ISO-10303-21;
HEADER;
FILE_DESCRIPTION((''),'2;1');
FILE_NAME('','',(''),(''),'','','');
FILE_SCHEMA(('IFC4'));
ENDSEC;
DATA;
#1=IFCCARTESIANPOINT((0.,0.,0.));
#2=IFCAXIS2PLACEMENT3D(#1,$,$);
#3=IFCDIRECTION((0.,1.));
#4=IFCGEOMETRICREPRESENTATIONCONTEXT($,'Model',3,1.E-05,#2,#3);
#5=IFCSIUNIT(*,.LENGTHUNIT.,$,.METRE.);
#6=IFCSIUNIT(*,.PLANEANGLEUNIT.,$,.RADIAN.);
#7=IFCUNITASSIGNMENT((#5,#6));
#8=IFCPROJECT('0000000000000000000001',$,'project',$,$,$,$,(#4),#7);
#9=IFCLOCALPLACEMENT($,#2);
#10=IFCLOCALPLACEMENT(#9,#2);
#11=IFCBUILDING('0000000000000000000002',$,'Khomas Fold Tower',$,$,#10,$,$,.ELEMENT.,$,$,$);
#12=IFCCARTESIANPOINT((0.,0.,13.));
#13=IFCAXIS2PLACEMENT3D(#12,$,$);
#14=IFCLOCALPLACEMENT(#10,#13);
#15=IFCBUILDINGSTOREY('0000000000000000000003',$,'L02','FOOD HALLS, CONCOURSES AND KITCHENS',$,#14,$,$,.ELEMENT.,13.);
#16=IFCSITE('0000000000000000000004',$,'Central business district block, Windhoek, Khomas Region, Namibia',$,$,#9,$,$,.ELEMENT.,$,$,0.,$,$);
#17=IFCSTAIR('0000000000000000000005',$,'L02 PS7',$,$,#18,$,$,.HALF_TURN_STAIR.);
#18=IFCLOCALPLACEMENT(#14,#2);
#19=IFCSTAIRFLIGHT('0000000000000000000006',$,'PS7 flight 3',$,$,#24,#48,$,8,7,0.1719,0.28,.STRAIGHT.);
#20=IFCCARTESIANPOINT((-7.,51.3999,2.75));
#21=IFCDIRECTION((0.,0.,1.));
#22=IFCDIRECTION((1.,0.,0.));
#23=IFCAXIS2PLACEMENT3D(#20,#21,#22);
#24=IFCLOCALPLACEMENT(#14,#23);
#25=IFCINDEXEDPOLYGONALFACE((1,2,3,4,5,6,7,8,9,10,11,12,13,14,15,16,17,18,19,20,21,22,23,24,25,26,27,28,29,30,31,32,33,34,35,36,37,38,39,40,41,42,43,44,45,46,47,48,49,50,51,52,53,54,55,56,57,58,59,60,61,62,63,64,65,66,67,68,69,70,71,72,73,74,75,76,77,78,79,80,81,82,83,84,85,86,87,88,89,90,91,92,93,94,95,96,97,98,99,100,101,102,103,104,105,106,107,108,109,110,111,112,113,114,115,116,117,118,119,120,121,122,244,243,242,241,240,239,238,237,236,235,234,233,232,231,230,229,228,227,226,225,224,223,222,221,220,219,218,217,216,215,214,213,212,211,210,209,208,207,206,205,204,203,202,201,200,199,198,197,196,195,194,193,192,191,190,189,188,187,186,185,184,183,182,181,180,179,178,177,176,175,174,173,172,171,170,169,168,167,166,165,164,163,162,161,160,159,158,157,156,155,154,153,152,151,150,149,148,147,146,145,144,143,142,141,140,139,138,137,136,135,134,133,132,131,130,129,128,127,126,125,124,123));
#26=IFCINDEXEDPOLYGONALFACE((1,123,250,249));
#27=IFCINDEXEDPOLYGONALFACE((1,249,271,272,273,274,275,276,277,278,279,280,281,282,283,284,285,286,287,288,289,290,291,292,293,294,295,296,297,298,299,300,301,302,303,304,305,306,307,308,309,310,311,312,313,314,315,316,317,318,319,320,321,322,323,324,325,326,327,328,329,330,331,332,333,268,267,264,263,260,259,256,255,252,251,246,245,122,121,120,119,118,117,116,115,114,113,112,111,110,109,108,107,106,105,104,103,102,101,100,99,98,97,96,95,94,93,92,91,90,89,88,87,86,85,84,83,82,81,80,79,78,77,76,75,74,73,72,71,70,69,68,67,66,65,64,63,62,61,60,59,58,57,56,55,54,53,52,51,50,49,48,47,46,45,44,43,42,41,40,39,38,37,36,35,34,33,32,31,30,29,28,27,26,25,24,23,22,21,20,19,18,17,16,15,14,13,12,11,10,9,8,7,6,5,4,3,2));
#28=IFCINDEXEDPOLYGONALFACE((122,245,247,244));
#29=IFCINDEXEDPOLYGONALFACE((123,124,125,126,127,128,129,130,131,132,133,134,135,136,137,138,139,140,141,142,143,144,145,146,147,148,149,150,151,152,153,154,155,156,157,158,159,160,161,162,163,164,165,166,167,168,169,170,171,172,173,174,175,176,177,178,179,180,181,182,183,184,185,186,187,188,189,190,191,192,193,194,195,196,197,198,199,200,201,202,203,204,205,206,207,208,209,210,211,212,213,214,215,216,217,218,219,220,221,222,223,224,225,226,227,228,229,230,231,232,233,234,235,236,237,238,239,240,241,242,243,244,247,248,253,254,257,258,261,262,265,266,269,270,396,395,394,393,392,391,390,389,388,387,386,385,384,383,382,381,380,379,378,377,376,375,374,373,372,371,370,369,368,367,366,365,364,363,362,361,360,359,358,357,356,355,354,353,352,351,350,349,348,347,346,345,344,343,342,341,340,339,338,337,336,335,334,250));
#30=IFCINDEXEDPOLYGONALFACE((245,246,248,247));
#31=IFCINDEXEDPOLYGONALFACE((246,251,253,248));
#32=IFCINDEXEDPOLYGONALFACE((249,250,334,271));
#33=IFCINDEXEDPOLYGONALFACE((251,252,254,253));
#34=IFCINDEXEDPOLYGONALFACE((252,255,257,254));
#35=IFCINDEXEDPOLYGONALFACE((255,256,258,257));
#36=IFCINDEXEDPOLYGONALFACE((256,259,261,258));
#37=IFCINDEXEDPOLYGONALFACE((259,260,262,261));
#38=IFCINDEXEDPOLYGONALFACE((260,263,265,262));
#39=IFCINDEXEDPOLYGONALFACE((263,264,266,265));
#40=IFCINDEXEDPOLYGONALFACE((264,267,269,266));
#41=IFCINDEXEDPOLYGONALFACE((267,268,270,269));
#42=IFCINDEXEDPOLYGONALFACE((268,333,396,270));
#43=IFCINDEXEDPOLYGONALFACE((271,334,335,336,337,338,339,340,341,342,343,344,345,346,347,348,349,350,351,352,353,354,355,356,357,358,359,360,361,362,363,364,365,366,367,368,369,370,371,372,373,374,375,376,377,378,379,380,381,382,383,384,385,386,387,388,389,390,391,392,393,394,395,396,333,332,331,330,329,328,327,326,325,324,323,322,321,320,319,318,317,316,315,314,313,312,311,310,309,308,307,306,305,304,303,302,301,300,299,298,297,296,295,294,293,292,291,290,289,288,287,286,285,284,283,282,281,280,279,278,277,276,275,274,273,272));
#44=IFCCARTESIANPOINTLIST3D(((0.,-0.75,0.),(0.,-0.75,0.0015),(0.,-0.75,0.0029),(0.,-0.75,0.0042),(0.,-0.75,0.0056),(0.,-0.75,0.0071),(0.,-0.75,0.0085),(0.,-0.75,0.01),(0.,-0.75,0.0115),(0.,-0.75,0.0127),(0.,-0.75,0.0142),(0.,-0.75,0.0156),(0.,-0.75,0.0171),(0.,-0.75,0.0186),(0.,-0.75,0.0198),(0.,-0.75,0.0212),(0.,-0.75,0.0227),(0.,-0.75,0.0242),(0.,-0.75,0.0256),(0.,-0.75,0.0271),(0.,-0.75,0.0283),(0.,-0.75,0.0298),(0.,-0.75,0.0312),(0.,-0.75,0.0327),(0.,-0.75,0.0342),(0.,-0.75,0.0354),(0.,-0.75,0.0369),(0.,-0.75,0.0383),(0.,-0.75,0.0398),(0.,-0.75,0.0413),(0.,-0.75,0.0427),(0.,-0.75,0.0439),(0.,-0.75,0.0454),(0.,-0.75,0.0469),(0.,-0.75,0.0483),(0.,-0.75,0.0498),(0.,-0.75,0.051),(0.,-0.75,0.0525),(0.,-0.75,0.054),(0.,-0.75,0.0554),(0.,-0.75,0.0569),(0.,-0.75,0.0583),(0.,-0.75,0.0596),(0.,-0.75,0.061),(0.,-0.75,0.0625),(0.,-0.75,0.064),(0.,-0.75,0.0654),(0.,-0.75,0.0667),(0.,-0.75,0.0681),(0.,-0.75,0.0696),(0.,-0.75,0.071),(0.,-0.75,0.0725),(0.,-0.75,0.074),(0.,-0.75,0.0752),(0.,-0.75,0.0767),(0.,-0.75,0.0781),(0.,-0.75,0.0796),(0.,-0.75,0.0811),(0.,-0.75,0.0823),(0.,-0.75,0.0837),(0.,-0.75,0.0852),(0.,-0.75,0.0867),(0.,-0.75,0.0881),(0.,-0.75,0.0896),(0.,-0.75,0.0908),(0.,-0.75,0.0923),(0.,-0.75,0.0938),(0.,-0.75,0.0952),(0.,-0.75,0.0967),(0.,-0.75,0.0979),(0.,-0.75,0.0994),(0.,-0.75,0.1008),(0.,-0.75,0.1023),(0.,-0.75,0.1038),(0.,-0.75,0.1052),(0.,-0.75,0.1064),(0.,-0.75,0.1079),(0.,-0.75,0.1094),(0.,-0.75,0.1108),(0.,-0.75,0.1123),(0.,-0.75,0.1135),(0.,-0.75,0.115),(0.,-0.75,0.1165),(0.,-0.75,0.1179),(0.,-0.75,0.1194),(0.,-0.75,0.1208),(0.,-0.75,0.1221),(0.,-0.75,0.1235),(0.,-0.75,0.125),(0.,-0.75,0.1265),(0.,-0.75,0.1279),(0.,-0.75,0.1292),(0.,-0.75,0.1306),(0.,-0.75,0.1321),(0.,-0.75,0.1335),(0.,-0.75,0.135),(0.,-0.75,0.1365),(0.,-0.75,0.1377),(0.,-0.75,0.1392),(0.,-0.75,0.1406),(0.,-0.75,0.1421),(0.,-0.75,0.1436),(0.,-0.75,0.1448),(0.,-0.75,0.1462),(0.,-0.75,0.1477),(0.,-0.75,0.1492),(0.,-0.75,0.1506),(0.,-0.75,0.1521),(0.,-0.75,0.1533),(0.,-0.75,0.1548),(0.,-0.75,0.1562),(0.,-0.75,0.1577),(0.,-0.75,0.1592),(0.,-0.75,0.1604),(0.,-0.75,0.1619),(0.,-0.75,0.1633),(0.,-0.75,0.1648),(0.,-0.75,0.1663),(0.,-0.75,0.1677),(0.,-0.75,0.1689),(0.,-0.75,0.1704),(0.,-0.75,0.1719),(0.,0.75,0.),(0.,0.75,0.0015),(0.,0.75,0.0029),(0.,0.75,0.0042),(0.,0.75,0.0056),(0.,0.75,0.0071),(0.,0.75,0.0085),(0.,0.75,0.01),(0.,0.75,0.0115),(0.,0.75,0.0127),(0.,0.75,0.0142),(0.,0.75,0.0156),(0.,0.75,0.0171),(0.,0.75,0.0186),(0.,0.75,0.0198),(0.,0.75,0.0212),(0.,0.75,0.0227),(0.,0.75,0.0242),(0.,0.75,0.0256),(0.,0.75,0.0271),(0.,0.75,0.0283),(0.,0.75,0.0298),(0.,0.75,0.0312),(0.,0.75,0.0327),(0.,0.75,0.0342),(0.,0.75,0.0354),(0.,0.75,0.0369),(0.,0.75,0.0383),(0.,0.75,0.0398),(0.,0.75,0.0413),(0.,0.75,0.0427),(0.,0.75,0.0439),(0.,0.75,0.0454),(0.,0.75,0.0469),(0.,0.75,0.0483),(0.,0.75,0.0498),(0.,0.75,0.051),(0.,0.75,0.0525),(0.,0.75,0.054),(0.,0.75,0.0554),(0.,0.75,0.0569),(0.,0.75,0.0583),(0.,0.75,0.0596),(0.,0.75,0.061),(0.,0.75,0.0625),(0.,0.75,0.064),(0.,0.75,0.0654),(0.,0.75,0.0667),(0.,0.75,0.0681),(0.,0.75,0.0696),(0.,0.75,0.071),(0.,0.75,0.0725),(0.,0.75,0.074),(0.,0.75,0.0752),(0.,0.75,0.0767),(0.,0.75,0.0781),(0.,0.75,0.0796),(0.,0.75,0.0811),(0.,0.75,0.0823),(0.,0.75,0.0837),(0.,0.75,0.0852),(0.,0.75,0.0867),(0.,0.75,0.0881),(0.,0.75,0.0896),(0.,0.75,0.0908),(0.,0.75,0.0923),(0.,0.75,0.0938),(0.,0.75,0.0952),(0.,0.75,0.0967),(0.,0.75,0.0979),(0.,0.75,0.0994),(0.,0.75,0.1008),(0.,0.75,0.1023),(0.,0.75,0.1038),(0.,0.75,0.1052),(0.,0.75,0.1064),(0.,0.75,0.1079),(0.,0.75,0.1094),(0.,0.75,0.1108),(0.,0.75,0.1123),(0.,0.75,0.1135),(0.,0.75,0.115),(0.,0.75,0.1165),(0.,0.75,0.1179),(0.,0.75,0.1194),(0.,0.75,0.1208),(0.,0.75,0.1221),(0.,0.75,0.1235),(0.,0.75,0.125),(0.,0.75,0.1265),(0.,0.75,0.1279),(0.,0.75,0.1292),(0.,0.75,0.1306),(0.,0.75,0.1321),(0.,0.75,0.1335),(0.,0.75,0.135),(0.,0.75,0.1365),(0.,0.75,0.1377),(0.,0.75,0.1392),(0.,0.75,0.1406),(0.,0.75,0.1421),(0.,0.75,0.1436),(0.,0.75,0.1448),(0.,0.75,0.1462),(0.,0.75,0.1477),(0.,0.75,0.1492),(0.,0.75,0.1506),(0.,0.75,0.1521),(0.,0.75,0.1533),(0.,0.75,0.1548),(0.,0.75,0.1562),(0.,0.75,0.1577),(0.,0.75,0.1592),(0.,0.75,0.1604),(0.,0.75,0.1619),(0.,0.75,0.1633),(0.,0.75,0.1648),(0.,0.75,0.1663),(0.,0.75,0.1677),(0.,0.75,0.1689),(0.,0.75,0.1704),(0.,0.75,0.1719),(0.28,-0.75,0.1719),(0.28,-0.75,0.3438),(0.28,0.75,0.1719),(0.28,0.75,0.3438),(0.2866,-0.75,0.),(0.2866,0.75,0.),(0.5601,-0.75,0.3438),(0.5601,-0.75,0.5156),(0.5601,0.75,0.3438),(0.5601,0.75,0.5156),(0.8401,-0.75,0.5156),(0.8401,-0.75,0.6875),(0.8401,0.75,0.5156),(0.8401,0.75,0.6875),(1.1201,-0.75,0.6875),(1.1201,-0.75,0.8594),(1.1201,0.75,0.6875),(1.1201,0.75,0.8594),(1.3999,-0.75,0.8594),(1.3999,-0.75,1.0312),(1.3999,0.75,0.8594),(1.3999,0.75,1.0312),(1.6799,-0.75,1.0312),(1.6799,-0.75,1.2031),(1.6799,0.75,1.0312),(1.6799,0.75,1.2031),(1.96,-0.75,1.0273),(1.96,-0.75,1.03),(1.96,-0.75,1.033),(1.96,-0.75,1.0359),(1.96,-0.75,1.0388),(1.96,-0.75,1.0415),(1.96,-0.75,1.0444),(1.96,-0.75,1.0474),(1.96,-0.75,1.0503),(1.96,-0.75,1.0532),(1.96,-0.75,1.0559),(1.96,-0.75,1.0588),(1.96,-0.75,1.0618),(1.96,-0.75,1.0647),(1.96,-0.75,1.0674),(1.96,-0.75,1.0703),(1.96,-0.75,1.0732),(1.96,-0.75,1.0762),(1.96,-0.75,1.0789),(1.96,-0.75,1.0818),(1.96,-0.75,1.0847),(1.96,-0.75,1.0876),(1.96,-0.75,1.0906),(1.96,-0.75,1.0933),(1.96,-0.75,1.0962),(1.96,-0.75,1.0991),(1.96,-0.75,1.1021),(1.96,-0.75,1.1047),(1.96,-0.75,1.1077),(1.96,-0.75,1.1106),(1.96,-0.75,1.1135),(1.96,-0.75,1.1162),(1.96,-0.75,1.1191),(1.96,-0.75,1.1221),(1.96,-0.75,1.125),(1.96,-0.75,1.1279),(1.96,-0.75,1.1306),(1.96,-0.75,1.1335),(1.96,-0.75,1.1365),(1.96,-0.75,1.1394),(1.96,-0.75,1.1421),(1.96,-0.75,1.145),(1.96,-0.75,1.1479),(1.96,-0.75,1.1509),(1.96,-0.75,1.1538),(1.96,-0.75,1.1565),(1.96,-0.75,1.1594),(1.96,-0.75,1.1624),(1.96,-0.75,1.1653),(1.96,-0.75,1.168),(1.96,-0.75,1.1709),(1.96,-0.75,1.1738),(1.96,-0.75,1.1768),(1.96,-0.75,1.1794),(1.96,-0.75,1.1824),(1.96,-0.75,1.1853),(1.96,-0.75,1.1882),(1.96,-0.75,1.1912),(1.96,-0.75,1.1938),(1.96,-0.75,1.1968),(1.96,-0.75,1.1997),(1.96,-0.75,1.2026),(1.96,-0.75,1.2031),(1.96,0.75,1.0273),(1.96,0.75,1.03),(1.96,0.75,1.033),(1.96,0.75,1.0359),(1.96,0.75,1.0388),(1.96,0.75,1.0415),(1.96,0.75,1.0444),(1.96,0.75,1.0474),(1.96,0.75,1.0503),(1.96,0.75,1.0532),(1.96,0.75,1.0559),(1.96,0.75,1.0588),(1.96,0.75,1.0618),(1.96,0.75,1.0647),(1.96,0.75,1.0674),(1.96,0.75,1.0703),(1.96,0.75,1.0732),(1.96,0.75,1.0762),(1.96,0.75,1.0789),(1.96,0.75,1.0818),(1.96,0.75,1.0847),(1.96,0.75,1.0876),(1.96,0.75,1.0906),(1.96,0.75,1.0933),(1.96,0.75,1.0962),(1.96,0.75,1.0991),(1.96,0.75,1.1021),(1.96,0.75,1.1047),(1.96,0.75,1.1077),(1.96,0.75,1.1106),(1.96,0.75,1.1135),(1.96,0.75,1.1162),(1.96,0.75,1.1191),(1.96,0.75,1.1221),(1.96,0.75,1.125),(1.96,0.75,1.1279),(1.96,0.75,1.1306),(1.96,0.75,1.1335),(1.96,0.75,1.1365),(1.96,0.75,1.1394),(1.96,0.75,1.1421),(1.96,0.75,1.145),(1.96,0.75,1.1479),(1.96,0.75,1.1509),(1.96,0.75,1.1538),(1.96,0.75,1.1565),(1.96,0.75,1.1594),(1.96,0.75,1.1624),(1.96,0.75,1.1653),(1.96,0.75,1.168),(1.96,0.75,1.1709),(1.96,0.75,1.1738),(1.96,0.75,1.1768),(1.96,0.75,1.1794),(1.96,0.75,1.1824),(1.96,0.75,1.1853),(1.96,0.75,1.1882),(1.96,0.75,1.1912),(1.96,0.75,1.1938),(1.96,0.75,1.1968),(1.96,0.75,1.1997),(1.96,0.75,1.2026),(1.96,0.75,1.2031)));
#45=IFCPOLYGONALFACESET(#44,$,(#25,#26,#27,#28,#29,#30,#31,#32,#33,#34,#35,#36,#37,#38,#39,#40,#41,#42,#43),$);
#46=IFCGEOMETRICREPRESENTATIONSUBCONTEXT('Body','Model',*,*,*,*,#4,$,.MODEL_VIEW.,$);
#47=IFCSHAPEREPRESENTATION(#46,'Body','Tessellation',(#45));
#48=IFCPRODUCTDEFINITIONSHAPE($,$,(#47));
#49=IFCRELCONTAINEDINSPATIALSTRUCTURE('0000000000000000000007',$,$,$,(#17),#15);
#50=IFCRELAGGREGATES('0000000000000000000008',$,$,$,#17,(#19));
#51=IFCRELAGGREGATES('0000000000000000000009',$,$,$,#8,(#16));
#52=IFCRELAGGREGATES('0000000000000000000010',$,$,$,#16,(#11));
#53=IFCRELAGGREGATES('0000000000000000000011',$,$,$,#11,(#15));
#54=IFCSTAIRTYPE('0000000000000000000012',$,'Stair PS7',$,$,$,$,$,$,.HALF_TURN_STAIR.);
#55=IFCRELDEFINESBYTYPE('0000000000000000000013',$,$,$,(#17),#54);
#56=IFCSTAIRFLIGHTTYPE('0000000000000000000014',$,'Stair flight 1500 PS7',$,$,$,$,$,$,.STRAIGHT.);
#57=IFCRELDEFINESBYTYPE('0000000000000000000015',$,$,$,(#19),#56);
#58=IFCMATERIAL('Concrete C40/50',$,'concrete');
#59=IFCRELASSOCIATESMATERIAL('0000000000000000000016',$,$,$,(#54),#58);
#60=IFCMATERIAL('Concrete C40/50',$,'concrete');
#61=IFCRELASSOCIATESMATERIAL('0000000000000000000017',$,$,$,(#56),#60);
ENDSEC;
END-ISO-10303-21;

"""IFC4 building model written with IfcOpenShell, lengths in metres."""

from ifc_helpers import new_model, si_unit, direction, frame, origin, place, context, subcontext, project, spatial, polyline, outline, extrude, source, transform, mapped, material, type_object, element, aggregate, save


model = new_model("IFC4")

# Units and contexts
model_context = context("Model", 3, precision=1e-05, world=origin(), true_north=direction((0.0, 1.0)))
body_context = subcontext(model_context, "Body", "Model", "MODEL_VIEW")
ifc_project = project(units=[si_unit("LENGTHUNIT", "METRE"), si_unit("PLANEANGLEUNIT", "RADIAN")], contexts=[model_context])

# Site, building, storey
site_placement = place(None, origin())
site = spatial("IfcSite", under=ifc_project, at=site_placement, Name="Central business district block, Windhoek, Khomas Region, Namibia", CompositionType="ELEMENT", RefElevation=0.0)
building_placement = place(site_placement, origin())
building = spatial("IfcBuilding", under=site, at=building_placement, Name="Khomas Fold Tower", CompositionType="ELEMENT")
storey_placement = place(building_placement, frame((0.0, 0.0, 13.0)))
storey = spatial("IfcBuildingStorey", under=building, at=storey_placement, Name="L02", Description="FOOD HALLS, CONCOURSES AND KITCHENS", CompositionType="ELEMENT", Elevation=13.0)

# Stair, stair flight
ifc_material_1 = material(Name="Concrete C40/50", Category="concrete")
stair_type = type_object("IfcStairType", Name="Stair PS7", PredefinedType="HALF_TURN_STAIR", material=ifc_material_1)
stair_placement = place(storey_placement, origin())
stair = element("IfcStair", 1, at=stair_placement, inside=storey, type_object=stair_type, Name="L02 PS7", PredefinedType="HALF_TURN_STAIR")
ifc_material_2 = material(Name="Concrete C40/50", Category="concrete")
stair_flight_type = type_object("IfcStairFlightType", Name="Stair flight 1500 PS7", PredefinedType="STRAIGHT", material=ifc_material_2)
shared_shape_1 = source(origin(), body_context, "Body", "SweptSolid", [
    extrude(outline(polyline([(0.0, 0.0), (0.0, 0.0015), (0.0, 0.0029), (0.0, 0.0042), (0.0, 0.0056), (0.0, 0.0071), (0.0, 0.0085), (0.0, 0.01), (0.0, 0.0115), (0.0, 0.0127), (0.0, 0.0142), (0.0, 0.0156), (0.0, 0.0171), (0.0, 0.0186), (0.0, 0.0198), (0.0, 0.0212), (0.0, 0.0227), (0.0, 0.0242), (0.0, 0.0256), (0.0, 0.0271), (0.0, 0.0283), (0.0, 0.0298), (0.0, 0.0312), (0.0, 0.0327), (0.0, 0.0342), (0.0, 0.0354), (0.0, 0.0369), (0.0, 0.0383), (0.0, 0.0398), (0.0, 0.0413), (0.0, 0.0427), (0.0, 0.0439), (0.0, 0.0454), (0.0, 0.0469), (0.0, 0.0483), (0.0, 0.0498), (0.0, 0.051), (0.0, 0.0525), (0.0, 0.054), (0.0, 0.0554), (0.0, 0.0569), (0.0, 0.0583), (0.0, 0.0596), (0.0, 0.061), (0.0, 0.0625), (0.0, 0.064), (0.0, 0.0654), (0.0, 0.0667), (0.0, 0.0681), (0.0, 0.0696), (0.0, 0.071), (0.0, 0.0725), (0.0, 0.074), (0.0, 0.0752), (0.0, 0.0767), (0.0, 0.0781), (0.0, 0.0796), (0.0, 0.0811), (0.0, 0.0823), (0.0, 0.0837), (0.0, 0.0852), (0.0, 0.0867), (0.0, 0.0881), (0.0, 0.0896), (0.0, 0.0908), (0.0, 0.0923), (0.0, 0.0938), (0.0, 0.0952), (0.0, 0.0967), (0.0, 0.0979), (0.0, 0.0994), (0.0, 0.1008), (0.0, 0.1023), (0.0, 0.1038), (0.0, 0.1052), (0.0, 0.1064), (0.0, 0.1079), (0.0, 0.1094), (0.0, 0.1108), (0.0, 0.1123), (0.0, 0.1135), (0.0, 0.115), (0.0, 0.1165), (0.0, 0.1179), (0.0, 0.1194), (0.0, 0.1208), (0.0, 0.1221), (0.0, 0.1235), (0.0, 0.125), (0.0, 0.1265), (0.0, 0.1279), (0.0, 0.1292), (0.0, 0.1306), (0.0, 0.1321), (0.0, 0.1335), (0.0, 0.135), (0.0, 0.1365), (0.0, 0.1377), (0.0, 0.1392), (0.0, 0.1406), (0.0, 0.1421), (0.0, 0.1436), (0.0, 0.1448), (0.0, 0.1462), (0.0, 0.1477), (0.0, 0.1492), (0.0, 0.1506), (0.0, 0.1521), (0.0, 0.1533), (0.0, 0.1548), (0.0, 0.1562), (0.0, 0.1577), (0.0, 0.1592), (0.0, 0.1604), (0.0, 0.1619), (0.0, 0.1633), (0.0, 0.1648), (0.0, 0.1663), (0.0, 0.1677), (0.0, 0.1689), (0.0, 0.1704), (0.0, 0.1719), (0.28, 0.1719), (0.28, 0.3438), (0.5601, 0.3438), (0.5601, 0.5156), (0.8401, 0.5156), (0.8401, 0.6875), (1.1201, 0.6875), (1.1201, 0.8594), (1.3999, 0.8594), (1.3999, 1.0312), (1.6799, 1.0312), (1.6799, 1.2031), (1.96, 1.2031), (1.96, 1.375), (1.96, 1.3721), (1.96, 1.3691), (1.96, 1.3665), (1.96, 1.3635), (1.96, 1.3606), (1.96, 1.3577), (1.96, 1.355), (1.96, 1.3521), (1.96, 1.3491), (1.96, 1.3462), (1.96, 1.3435), (1.96, 1.3406), (1.96, 1.3376), (1.96, 1.3347), (1.96, 1.3318), (1.96, 1.3291), (1.96, 1.3262), (1.96, 1.3232), (1.96, 1.3203), (1.96, 1.3176), (1.96, 1.3147), (1.96, 1.3118), (1.96, 1.3088), (1.96, 1.3059), (1.96, 1.3032), (1.96, 1.3003), (1.96, 1.2974), (1.96, 1.2944), (1.96, 1.2917), (1.96, 1.2888), (1.96, 1.2859), (1.96, 1.283), (1.96, 1.2803), (1.96, 1.2773), (1.96, 1.2744), (1.96, 1.2715), (1.96, 1.2686), (1.96, 1.2659), (1.96, 1.2629), (1.96, 1.26), (1.96, 1.2571), (1.96, 1.2544), (1.96, 1.2515), (1.96, 1.2485), (1.96, 1.2456), (1.96, 1.2427), (1.96, 1.24), (1.96, 1.2371), (1.96, 1.2341), (1.96, 1.2312), (1.96, 1.2285), (1.96, 1.2256), (1.96, 1.2227), (1.96, 1.2197), (1.96, 1.217), (1.96, 1.2141), (1.96, 1.2112), (1.96, 1.2083), (1.96, 1.2053), (1.96, 1.2026), (1.96, 1.1997), (1.96, 1.1968), (1.96, 1.1938), (1.96, 1.1912), (1.96, 1.1882), (1.96, 1.1853), (1.96, 1.1824), (1.96, 1.1794), (1.96, 1.1768), (1.96, 1.1738), (1.96, 1.1709), (1.96, 1.168), (1.96, 1.1653), (1.96, 1.1624), (1.96, 1.1594), (1.96, 1.1565), (1.96, 1.1538), (1.96, 1.1509), (1.96, 1.1479), (1.96, 1.145), (1.96, 1.1421), (1.96, 1.1394), (1.96, 1.1365), (1.96, 1.1335), (1.96, 1.1306), (1.96, 1.1279), (1.96, 1.125), (1.96, 1.1221), (1.96, 1.1191), (1.96, 1.1162), (1.96, 1.1135), (1.96, 1.1106), (1.96, 1.1077), (1.96, 1.1047), (1.96, 1.1021), (1.96, 1.0991), (1.96, 1.0962), (1.96, 1.0933), (1.96, 1.0906), (1.96, 1.0876), (1.96, 1.0847), (1.96, 1.0818), (1.96, 1.0789), (1.96, 1.0762), (1.96, 1.0732), (1.96, 1.0703), (1.96, 1.0674), (1.96, 1.0647), (1.96, 1.0618), (1.96, 1.0588), (1.96, 1.0559), (1.96, 1.0532), (1.96, 1.0503), (1.96, 1.0474), (1.96, 1.0444), (1.96, 1.0415), (1.96, 1.0388), (1.96, 1.0359), (1.96, 1.033), (1.96, 1.03), (1.96, 1.0273), (0.2866, 0.0), (0.0, 0.0)])), frame((0.0, 0.75, 0.0), z_axis=(0.0, -1.0, 0.0), x_axis=(1.0, 0.0, 0.0)), (0.0, 0.0, 1.0), 1.5),
])
stair_flight_1_placement = place(storey_placement, frame((-7.0, 51.3999, 2.75), z_axis=(0.0, 0.0, 1.0), x_axis=(1.0, 0.0, 0.0)))
stair_flight_1 = element("IfcStairFlight", 2, at=stair_flight_1_placement, type_object=stair_flight_type, Name="PS7 flight 3", NumberOfRisers=8, NumberOfTreads=7, PredefinedType="STRAIGHT", RiserHeight=0.1719, TreadLength=0.28, context=body_context, shape_type="MappedRepresentation", body=[
    mapped(shared_shape_1, transform((0.0, 0.0, 0.0))),
])
aggregate(stair, [stair_flight_1])

save(model, "model.ifc")
